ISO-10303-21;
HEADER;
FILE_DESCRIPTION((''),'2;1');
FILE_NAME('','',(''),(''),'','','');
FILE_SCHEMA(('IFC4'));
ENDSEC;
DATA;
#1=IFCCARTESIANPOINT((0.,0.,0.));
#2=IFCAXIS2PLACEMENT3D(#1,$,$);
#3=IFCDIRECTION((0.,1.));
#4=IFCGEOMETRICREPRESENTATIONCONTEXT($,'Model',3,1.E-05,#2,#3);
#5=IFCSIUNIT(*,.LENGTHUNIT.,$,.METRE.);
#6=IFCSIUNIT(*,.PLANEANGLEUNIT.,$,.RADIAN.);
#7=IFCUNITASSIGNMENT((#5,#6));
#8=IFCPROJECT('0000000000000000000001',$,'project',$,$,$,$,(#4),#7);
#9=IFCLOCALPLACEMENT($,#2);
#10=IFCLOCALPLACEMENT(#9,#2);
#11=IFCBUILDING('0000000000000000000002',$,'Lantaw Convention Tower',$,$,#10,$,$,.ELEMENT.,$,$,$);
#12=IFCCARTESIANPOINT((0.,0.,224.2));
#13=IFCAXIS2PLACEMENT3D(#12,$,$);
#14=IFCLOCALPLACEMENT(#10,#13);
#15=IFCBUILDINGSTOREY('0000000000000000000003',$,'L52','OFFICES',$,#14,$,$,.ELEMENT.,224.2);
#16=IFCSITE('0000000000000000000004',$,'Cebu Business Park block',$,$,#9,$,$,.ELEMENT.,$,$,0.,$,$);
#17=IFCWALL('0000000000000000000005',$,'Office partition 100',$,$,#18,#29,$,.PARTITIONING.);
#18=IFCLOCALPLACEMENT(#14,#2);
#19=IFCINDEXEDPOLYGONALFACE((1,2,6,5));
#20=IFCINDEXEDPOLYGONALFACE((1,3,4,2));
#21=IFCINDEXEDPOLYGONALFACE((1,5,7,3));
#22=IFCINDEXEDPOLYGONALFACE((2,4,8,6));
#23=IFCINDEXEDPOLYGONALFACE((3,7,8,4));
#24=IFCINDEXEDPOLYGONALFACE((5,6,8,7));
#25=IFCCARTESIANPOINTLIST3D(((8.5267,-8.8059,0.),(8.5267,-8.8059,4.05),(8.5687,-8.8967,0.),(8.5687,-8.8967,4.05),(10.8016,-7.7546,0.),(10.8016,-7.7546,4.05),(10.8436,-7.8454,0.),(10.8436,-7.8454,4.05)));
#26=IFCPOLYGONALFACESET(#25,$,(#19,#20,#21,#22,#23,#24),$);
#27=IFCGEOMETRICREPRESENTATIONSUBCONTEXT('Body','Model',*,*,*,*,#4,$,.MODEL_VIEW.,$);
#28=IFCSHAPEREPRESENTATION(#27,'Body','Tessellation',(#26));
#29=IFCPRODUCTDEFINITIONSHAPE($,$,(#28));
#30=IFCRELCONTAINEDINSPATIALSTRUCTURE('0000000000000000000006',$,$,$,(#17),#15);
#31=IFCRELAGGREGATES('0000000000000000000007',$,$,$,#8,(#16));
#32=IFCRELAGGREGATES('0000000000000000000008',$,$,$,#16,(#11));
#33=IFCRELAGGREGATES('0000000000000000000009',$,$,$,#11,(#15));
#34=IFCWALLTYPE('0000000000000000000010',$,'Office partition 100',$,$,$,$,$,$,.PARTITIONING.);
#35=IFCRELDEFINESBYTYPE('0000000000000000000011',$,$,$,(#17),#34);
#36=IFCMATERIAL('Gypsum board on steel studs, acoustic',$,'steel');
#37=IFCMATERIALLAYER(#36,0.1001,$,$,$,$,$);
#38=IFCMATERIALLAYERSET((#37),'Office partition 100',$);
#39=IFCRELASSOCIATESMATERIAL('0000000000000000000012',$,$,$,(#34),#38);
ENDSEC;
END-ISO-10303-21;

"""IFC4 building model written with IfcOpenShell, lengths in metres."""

from ifc_helpers import new_model, si_unit, direction, frame, frame_2d, origin, place, context, subcontext, project, spatial, rectangle, extrude, material, layer, layer_set, type_object, element, save


model = new_model("IFC4")

# Units and contexts
model_context = context("Model", 3, precision=1e-05, world=origin(), true_north=direction((0.0, 1.0)))
body_context = subcontext(model_context, "Body", "Model", "MODEL_VIEW")
ifc_project = project(units=[si_unit("LENGTHUNIT", "METRE"), si_unit("PLANEANGLEUNIT", "RADIAN")], contexts=[model_context])

# Site, building, storey
site_placement = place(None, origin())
site = spatial("IfcSite", under=ifc_project, at=site_placement, Name="Cebu Business Park block", CompositionType="ELEMENT", RefElevation=0.0)
building_placement = place(site_placement, origin())
building = spatial("IfcBuilding", under=site, at=building_placement, Name="Lantaw Convention Tower", CompositionType="ELEMENT")
storey_placement = place(building_placement, frame((0.0, 0.0, 224.2)))
storey = spatial("IfcBuildingStorey", under=building, at=storey_placement, Name="L52", Description="OFFICES", CompositionType="ELEMENT", Elevation=224.2)

# Shared definitions
ifc_material_1 = material(Name="Gypsum board on steel studs, acoustic", Category="steel")
ifc_layer_1 = layer(ifc_material_1, 0.1001)
ifc_layer_set_1 = layer_set([ifc_layer_1], Name="Office partition 100")
wall_type_1 = type_object("IfcWallType", Name="Office partition 100", PredefinedType="PARTITIONING", material=ifc_layer_set_1)

# Wall
wall_1_placement = place(storey_placement, frame((10.8225, -7.8, 0.0), z_axis=(0.0, 0.0, 1.0), x_axis=(-0.90776, -0.419491, 0.0)))
element("IfcWall", 1, at=wall_1_placement, inside=storey, type_object=wall_type_1, Name="Office partition 100", PredefinedType="PARTITIONING", context=body_context, shape_type="SweptSolid", body=[
    extrude(rectangle(XDim=2.5061, YDim=0.1001, at=frame_2d((1.2529, 0.0))), origin(), (0.0, 0.0, 1.0), 4.05),
])

save(model, "model.ifc")
